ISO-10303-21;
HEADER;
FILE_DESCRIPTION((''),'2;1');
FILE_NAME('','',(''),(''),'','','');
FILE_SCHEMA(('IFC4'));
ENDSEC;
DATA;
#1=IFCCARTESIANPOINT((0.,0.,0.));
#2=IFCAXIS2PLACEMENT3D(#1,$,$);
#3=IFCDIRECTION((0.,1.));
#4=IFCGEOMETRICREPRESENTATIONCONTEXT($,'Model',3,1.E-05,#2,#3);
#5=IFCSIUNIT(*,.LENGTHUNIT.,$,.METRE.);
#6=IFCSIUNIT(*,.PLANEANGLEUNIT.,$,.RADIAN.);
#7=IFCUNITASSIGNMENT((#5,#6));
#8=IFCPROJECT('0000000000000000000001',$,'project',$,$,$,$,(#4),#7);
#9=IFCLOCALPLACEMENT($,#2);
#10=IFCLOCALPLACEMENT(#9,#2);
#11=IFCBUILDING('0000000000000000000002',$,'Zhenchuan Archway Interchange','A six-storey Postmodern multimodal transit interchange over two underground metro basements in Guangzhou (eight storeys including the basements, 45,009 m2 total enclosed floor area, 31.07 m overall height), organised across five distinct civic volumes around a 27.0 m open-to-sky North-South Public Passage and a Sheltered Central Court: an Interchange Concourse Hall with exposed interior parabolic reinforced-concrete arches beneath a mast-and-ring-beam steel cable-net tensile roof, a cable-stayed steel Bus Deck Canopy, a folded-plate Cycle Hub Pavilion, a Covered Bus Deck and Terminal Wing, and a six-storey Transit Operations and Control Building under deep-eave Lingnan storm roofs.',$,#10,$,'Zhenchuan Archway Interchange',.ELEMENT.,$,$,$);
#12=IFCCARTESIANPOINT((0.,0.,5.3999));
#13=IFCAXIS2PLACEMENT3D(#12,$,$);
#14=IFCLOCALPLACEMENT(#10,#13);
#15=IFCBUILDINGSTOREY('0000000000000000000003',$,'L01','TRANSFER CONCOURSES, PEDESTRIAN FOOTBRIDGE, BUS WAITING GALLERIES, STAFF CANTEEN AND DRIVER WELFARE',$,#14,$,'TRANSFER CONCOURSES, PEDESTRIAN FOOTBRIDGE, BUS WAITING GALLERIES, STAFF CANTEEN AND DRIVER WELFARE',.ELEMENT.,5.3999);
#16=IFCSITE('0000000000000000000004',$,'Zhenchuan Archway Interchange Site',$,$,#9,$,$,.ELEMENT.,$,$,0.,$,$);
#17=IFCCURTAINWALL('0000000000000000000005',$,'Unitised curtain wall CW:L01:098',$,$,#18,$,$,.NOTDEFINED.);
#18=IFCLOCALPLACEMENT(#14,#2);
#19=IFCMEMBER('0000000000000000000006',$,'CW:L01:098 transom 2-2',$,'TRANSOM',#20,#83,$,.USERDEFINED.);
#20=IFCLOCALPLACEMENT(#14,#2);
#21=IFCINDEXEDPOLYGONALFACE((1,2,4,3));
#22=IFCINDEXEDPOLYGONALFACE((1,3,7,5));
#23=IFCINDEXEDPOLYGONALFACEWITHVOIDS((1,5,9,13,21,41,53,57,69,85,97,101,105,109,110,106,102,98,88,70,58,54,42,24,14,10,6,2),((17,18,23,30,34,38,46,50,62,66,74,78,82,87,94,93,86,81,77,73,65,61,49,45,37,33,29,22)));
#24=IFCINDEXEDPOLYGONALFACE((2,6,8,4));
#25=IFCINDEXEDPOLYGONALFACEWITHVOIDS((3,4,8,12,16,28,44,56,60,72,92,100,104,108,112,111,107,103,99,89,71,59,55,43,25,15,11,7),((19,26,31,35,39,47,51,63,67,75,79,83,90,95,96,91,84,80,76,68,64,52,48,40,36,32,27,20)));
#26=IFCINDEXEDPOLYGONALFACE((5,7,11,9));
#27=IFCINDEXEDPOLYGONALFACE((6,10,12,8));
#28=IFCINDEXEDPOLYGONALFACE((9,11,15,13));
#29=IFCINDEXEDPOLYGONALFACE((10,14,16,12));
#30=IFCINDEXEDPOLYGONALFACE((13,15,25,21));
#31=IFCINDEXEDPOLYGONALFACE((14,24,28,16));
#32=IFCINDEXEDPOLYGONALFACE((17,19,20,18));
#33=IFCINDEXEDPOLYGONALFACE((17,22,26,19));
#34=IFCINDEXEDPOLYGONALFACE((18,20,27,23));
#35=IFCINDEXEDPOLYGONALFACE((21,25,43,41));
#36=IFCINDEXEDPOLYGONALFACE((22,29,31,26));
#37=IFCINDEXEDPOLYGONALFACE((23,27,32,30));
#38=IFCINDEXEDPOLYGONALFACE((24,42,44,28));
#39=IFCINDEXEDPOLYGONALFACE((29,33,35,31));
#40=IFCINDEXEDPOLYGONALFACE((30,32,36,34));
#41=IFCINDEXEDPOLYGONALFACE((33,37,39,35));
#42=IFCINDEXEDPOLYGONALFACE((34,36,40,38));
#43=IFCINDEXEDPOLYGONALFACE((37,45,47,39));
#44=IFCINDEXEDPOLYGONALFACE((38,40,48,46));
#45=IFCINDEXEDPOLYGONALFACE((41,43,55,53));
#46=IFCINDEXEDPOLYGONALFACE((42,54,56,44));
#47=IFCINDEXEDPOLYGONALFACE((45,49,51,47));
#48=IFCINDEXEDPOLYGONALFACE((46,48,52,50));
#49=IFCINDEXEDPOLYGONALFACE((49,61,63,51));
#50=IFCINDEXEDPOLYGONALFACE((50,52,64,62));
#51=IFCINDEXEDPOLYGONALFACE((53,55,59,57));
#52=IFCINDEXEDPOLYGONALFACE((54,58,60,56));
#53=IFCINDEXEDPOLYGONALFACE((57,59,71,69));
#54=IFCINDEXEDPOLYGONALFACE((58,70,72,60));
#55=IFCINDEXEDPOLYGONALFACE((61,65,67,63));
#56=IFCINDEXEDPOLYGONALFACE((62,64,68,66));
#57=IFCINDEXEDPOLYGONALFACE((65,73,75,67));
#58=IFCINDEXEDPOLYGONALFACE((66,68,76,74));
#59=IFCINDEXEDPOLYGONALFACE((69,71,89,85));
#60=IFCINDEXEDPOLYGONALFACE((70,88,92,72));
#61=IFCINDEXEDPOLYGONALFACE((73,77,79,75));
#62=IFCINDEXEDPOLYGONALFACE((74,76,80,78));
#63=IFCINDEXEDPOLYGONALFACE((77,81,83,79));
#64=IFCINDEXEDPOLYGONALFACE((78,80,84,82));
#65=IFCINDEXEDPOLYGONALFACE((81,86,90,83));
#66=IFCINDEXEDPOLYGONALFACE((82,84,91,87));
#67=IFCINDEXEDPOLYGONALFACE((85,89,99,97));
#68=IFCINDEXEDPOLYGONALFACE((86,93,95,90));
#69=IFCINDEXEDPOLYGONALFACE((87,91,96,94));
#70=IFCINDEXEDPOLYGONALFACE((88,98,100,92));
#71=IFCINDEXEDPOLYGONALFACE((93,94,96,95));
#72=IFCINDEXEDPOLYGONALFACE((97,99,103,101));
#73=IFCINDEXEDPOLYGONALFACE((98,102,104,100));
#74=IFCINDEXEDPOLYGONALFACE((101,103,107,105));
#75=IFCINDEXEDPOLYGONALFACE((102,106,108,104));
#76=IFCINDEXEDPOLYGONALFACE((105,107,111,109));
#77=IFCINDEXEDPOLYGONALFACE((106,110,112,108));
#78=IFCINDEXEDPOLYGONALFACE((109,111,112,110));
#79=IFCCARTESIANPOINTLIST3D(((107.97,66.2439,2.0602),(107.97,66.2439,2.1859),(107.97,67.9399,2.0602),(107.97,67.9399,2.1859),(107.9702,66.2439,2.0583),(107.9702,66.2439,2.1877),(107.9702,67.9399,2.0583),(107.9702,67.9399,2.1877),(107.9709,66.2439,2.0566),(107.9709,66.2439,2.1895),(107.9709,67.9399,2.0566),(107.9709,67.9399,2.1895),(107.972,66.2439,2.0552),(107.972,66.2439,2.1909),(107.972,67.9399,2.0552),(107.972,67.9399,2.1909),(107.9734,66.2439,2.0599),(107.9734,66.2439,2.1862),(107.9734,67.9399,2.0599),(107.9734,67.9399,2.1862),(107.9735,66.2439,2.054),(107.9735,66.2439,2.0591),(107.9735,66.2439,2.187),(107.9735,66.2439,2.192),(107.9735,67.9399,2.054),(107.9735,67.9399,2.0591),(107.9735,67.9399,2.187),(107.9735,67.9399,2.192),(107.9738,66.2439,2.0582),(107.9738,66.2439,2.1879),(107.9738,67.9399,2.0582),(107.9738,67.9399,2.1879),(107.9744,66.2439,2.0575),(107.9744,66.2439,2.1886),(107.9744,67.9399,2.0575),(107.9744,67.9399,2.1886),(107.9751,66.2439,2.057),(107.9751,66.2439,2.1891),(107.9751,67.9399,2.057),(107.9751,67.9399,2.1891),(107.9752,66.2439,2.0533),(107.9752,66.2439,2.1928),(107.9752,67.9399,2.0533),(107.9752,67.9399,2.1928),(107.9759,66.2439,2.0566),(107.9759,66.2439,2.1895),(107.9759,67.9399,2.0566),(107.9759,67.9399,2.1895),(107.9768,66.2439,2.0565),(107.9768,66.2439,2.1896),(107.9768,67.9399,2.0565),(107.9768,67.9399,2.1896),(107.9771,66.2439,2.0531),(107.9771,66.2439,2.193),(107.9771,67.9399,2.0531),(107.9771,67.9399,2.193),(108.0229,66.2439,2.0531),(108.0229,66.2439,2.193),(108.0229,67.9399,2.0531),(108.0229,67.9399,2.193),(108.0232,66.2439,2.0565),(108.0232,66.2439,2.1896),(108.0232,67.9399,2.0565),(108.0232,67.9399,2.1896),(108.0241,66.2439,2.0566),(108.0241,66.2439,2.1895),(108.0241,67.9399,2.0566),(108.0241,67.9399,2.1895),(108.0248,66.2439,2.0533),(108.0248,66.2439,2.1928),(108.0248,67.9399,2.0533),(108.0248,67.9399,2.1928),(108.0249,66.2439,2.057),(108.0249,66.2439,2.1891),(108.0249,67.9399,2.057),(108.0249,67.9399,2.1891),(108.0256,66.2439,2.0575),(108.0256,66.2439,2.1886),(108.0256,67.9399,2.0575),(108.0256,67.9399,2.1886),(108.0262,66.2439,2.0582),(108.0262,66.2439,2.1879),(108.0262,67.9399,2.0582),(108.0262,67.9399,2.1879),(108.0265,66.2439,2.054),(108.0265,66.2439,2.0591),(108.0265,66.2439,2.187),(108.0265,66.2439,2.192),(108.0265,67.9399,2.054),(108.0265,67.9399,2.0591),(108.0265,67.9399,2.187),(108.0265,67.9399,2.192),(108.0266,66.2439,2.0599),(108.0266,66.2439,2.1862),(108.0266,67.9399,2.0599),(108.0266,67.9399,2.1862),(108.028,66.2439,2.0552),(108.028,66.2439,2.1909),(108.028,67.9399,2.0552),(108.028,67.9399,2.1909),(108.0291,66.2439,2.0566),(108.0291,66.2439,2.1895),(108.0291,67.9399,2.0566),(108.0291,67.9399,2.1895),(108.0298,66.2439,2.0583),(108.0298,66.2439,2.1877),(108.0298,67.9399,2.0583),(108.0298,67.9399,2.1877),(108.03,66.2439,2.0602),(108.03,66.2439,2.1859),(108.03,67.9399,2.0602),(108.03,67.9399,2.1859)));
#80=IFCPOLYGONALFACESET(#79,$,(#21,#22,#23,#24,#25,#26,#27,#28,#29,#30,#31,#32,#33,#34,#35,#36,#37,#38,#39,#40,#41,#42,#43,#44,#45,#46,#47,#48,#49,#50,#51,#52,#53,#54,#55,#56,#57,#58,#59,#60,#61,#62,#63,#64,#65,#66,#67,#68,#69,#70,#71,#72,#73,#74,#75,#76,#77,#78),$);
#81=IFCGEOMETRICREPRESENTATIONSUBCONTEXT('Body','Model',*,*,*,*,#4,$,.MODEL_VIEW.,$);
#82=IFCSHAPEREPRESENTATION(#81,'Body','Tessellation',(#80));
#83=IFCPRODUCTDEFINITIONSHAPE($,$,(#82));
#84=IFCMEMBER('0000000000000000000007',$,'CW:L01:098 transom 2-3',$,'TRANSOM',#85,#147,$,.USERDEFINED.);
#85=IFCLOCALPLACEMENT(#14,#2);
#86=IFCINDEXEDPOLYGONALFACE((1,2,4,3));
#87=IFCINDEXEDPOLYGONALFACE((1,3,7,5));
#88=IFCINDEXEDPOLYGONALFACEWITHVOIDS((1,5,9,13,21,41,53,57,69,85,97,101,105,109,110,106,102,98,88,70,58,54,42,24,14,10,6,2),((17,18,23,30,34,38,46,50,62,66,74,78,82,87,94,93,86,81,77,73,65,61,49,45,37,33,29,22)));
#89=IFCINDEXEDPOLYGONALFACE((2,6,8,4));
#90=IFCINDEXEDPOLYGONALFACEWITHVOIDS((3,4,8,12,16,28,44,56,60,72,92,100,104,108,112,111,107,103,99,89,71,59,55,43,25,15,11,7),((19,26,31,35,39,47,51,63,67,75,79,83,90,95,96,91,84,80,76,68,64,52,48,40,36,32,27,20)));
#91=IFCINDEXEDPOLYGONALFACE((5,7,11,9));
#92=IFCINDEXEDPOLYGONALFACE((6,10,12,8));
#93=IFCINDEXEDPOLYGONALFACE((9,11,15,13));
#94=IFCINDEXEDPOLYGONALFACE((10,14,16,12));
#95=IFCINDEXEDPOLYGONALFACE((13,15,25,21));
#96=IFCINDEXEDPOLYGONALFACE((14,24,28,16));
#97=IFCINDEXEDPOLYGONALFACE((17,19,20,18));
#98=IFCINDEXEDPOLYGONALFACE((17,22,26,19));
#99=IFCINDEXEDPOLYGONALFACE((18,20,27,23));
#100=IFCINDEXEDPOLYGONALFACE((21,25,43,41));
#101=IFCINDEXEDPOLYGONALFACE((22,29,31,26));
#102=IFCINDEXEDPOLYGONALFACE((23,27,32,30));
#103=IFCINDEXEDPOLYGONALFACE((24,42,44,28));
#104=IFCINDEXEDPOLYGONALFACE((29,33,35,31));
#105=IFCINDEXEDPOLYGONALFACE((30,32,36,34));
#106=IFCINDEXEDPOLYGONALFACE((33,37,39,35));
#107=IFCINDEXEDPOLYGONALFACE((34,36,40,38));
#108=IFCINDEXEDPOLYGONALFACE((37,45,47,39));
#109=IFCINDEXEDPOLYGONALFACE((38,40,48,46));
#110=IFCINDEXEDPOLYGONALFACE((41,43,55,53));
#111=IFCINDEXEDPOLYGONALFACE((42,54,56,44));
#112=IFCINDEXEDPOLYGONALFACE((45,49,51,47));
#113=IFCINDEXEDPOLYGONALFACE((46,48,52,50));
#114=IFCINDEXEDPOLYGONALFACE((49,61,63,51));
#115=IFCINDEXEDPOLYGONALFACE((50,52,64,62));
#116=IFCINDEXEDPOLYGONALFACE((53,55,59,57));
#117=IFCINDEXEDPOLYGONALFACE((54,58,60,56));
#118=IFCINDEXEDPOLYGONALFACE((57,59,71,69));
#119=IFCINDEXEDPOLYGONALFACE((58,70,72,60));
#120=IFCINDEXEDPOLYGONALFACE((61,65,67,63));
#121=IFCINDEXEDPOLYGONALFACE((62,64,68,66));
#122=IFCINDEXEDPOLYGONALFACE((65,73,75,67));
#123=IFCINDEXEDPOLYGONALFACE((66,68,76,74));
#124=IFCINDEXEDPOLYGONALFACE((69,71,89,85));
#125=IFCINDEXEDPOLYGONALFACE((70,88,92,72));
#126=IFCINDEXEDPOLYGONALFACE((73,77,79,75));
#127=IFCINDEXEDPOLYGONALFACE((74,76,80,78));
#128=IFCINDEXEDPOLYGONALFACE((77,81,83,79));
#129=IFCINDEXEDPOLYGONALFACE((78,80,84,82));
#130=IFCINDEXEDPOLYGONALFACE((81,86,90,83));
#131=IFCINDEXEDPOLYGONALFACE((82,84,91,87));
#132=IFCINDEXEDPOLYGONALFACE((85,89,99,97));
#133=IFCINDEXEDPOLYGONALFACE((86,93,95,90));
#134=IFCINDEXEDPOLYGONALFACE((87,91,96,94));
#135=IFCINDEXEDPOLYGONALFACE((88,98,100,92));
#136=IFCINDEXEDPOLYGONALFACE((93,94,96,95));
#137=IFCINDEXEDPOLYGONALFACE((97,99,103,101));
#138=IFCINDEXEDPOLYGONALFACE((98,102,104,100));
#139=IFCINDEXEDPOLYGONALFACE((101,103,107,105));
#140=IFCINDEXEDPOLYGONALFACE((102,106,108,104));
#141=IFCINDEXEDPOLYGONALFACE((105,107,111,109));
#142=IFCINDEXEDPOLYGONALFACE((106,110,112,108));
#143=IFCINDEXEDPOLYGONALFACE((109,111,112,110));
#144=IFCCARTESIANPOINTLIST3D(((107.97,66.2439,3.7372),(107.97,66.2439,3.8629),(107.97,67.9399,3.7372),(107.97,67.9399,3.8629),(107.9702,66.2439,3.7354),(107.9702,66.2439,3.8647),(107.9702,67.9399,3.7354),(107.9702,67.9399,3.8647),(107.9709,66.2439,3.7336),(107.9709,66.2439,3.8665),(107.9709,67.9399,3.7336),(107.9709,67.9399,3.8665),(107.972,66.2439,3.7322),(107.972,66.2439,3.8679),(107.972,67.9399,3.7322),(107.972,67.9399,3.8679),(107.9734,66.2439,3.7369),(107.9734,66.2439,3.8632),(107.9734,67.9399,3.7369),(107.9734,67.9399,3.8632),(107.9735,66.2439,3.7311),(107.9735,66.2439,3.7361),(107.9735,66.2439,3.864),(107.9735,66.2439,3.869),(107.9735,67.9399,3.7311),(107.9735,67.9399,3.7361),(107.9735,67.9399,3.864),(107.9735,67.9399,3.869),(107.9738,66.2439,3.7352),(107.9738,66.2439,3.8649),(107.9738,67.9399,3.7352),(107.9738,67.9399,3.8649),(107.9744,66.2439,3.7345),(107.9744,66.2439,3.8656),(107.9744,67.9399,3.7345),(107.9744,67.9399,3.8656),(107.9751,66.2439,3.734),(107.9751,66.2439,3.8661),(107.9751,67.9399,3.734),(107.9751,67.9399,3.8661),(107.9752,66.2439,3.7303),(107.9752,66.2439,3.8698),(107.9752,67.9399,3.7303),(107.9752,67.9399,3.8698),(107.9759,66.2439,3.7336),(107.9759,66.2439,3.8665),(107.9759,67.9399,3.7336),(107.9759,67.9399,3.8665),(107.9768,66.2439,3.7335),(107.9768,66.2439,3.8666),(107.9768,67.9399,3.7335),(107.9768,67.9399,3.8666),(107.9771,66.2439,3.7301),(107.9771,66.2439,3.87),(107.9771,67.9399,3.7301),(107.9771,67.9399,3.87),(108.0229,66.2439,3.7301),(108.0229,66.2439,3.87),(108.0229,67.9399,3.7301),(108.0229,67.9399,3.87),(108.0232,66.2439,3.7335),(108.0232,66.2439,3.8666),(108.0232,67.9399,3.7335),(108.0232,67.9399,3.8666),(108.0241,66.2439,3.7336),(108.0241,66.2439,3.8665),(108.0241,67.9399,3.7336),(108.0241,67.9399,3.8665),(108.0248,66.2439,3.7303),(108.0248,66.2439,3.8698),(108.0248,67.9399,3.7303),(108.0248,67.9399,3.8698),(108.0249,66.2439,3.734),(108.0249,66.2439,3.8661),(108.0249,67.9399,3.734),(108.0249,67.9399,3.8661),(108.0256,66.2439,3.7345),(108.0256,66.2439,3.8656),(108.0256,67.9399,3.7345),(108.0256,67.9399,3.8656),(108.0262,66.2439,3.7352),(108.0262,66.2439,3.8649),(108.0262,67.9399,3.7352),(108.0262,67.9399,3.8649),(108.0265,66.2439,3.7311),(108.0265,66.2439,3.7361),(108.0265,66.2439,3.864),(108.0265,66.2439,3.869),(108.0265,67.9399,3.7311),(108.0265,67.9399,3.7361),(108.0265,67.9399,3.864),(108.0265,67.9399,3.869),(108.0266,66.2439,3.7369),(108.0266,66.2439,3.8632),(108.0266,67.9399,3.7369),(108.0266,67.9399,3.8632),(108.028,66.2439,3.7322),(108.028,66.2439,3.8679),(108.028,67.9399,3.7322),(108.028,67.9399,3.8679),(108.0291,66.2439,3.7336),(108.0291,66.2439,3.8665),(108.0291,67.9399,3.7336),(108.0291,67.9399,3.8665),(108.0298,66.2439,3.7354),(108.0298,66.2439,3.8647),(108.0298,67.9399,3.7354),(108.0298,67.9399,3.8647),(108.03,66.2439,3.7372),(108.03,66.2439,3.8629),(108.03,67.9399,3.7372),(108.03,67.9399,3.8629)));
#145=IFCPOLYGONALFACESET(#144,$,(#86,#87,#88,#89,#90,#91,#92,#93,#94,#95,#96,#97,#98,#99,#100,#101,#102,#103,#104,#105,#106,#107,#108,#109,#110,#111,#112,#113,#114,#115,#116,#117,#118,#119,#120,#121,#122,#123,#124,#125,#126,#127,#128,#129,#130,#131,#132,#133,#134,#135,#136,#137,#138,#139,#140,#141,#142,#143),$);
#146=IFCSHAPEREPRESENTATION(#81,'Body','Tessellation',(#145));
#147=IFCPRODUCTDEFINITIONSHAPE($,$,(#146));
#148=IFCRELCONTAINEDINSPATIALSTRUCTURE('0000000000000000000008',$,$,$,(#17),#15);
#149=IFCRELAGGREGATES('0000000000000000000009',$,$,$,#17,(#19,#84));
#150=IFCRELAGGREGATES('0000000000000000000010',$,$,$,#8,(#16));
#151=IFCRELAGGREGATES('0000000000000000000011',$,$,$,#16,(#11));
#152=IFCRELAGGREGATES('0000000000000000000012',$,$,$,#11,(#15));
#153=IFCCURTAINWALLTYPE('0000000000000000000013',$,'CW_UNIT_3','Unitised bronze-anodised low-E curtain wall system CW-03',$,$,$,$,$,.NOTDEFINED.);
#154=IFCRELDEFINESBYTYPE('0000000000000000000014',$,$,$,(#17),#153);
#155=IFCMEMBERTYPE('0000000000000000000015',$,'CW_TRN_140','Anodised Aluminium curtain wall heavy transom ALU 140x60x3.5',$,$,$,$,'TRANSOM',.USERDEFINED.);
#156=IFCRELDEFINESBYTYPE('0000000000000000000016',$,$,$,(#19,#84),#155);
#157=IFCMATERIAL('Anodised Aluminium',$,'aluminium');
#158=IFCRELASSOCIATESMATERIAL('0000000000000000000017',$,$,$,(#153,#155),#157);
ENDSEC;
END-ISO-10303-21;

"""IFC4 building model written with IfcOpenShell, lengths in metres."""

from ifc_helpers import new_model, si_unit, direction, frame, origin, origin_2d, place, context, subcontext, project, spatial, hollow_rectangle, extrude, material, material_profile, profile_set, type_object, element, aggregate, save


model = new_model("IFC4")

# Units and contexts
model_context = context("Model", 3, precision=1e-05, world=origin(), true_north=direction((0.0, 1.0)))
body_context = subcontext(model_context, "Body", "Model", "MODEL_VIEW")
ifc_project = project(units=[si_unit("LENGTHUNIT", "METRE"), si_unit("PLANEANGLEUNIT", "RADIAN")], contexts=[model_context])

# Site, building, storey
site_placement = place(None, origin())
site = spatial("IfcSite", under=ifc_project, at=site_placement, Name="Zhenchuan Archway Interchange Site", CompositionType="ELEMENT", RefElevation=0.0)
building_placement = place(site_placement, origin())
building = spatial("IfcBuilding", under=site, at=building_placement, Name="Zhenchuan Archway Interchange", Description="A six-storey Postmodern multimodal transit interchange over two underground metro basements in Guangzhou (eight storeys including the basements, 45,009 m2 total enclosed floor area, 31.07 m overall height), organised across five distinct civic volumes around a 27.0 m open-to-sky North-South Public Passage and a Sheltered Central Court: an Interchange Concourse Hall with exposed interior parabolic reinforced-concrete arches beneath a mast-and-ring-beam steel cable-net tensile roof, a cable-stayed steel Bus Deck Canopy, a folded-plate Cycle Hub Pavilion, a Covered Bus Deck and Terminal Wing, and a six-storey Transit Operations and Control Building under deep-eave Lingnan storm roofs.", LongName="Zhenchuan Archway Interchange", CompositionType="ELEMENT")
storey_placement = place(building_placement, frame((0.0, 0.0, 5.3999)))
storey = spatial("IfcBuildingStorey", under=building, at=storey_placement, Name="L01", Description="TRANSFER CONCOURSES, PEDESTRIAN FOOTBRIDGE, BUS WAITING GALLERIES, STAFF CANTEEN AND DRIVER WELFARE", LongName="TRANSFER CONCOURSES, PEDESTRIAN FOOTBRIDGE, BUS WAITING GALLERIES, STAFF CANTEEN AND DRIVER WELFARE", CompositionType="ELEMENT", Elevation=5.3999)

# Curtain wall, members
ifc_material_1 = material(Name="Anodised Aluminium", Category="aluminium")
curtain_wall_type = type_object("IfcCurtainWallType", Name="CW_UNIT_3", Description="Unitised bronze-anodised low-E curtain wall system CW-03", PredefinedType="NOTDEFINED", material=ifc_material_1)
curtain_wall_placement = place(storey_placement, origin())
curtain_wall = element("IfcCurtainWall", 1, at=curtain_wall_placement, inside=storey, type_object=curtain_wall_type, Name="Unitised curtain wall CW:L01:098", PredefinedType="NOTDEFINED")
ifc_material_profile_1 = material_profile(ifc_material_1, hollow_rectangle(XDim=0.0601, YDim=0.1399, WallThickness=0.0034, InnerFilletRadius=0.0034, OuterFilletRadius=0.0071, at=origin_2d()), Name="ALU 140x60x3.5")
ifc_profile_set_1 = profile_set([ifc_material_profile_1], Name="Anodised Aluminium")
member_type_1 = type_object("IfcMemberType", Name="CW_TRN_140", Description="Anodised Aluminium curtain wall heavy transom ALU 140x60x3.5", ElementType="TRANSOM", PredefinedType="USERDEFINED", material=ifc_profile_set_1)
member_1_placement = place(storey_placement, frame((108.0, 67.9399, 2.123), z_axis=(0.0, -1.0, 0.0), x_axis=(1.0, 0.0, 0.0)))
member_1 = element("IfcMember", 2, at=member_1_placement, type_object=member_type_1, Name="CW:L01:098 transom 2-2", ObjectType="TRANSOM", PredefinedType="USERDEFINED", context=body_context, shape_type="SweptSolid", body=[
    extrude(hollow_rectangle(XDim=0.0601, YDim=0.1399, WallThickness=0.0034, InnerFilletRadius=0.0034, OuterFilletRadius=0.0071, at=origin_2d()), origin(), (0.0, 0.0, 1.0), 1.696),
])
member_2_placement = place(storey_placement, frame((108.0, 67.9399, 3.8), z_axis=(0.0, -1.0, 0.0), x_axis=(1.0, 0.0, 0.0)))
member_2 = element("IfcMember", 3, at=member_2_placement, type_object=member_type_1, Name="CW:L01:098 transom 2-3", ObjectType="TRANSOM", PredefinedType="USERDEFINED", context=body_context, shape_type="SweptSolid", body=[
    extrude(hollow_rectangle(XDim=0.0601, YDim=0.1399, WallThickness=0.0034, InnerFilletRadius=0.0034, OuterFilletRadius=0.0071, at=origin_2d()), origin(), (0.0, 0.0, 1.0), 1.696),
])

aggregate(curtain_wall, [member_1, member_2])

save(model, "model.ifc")
